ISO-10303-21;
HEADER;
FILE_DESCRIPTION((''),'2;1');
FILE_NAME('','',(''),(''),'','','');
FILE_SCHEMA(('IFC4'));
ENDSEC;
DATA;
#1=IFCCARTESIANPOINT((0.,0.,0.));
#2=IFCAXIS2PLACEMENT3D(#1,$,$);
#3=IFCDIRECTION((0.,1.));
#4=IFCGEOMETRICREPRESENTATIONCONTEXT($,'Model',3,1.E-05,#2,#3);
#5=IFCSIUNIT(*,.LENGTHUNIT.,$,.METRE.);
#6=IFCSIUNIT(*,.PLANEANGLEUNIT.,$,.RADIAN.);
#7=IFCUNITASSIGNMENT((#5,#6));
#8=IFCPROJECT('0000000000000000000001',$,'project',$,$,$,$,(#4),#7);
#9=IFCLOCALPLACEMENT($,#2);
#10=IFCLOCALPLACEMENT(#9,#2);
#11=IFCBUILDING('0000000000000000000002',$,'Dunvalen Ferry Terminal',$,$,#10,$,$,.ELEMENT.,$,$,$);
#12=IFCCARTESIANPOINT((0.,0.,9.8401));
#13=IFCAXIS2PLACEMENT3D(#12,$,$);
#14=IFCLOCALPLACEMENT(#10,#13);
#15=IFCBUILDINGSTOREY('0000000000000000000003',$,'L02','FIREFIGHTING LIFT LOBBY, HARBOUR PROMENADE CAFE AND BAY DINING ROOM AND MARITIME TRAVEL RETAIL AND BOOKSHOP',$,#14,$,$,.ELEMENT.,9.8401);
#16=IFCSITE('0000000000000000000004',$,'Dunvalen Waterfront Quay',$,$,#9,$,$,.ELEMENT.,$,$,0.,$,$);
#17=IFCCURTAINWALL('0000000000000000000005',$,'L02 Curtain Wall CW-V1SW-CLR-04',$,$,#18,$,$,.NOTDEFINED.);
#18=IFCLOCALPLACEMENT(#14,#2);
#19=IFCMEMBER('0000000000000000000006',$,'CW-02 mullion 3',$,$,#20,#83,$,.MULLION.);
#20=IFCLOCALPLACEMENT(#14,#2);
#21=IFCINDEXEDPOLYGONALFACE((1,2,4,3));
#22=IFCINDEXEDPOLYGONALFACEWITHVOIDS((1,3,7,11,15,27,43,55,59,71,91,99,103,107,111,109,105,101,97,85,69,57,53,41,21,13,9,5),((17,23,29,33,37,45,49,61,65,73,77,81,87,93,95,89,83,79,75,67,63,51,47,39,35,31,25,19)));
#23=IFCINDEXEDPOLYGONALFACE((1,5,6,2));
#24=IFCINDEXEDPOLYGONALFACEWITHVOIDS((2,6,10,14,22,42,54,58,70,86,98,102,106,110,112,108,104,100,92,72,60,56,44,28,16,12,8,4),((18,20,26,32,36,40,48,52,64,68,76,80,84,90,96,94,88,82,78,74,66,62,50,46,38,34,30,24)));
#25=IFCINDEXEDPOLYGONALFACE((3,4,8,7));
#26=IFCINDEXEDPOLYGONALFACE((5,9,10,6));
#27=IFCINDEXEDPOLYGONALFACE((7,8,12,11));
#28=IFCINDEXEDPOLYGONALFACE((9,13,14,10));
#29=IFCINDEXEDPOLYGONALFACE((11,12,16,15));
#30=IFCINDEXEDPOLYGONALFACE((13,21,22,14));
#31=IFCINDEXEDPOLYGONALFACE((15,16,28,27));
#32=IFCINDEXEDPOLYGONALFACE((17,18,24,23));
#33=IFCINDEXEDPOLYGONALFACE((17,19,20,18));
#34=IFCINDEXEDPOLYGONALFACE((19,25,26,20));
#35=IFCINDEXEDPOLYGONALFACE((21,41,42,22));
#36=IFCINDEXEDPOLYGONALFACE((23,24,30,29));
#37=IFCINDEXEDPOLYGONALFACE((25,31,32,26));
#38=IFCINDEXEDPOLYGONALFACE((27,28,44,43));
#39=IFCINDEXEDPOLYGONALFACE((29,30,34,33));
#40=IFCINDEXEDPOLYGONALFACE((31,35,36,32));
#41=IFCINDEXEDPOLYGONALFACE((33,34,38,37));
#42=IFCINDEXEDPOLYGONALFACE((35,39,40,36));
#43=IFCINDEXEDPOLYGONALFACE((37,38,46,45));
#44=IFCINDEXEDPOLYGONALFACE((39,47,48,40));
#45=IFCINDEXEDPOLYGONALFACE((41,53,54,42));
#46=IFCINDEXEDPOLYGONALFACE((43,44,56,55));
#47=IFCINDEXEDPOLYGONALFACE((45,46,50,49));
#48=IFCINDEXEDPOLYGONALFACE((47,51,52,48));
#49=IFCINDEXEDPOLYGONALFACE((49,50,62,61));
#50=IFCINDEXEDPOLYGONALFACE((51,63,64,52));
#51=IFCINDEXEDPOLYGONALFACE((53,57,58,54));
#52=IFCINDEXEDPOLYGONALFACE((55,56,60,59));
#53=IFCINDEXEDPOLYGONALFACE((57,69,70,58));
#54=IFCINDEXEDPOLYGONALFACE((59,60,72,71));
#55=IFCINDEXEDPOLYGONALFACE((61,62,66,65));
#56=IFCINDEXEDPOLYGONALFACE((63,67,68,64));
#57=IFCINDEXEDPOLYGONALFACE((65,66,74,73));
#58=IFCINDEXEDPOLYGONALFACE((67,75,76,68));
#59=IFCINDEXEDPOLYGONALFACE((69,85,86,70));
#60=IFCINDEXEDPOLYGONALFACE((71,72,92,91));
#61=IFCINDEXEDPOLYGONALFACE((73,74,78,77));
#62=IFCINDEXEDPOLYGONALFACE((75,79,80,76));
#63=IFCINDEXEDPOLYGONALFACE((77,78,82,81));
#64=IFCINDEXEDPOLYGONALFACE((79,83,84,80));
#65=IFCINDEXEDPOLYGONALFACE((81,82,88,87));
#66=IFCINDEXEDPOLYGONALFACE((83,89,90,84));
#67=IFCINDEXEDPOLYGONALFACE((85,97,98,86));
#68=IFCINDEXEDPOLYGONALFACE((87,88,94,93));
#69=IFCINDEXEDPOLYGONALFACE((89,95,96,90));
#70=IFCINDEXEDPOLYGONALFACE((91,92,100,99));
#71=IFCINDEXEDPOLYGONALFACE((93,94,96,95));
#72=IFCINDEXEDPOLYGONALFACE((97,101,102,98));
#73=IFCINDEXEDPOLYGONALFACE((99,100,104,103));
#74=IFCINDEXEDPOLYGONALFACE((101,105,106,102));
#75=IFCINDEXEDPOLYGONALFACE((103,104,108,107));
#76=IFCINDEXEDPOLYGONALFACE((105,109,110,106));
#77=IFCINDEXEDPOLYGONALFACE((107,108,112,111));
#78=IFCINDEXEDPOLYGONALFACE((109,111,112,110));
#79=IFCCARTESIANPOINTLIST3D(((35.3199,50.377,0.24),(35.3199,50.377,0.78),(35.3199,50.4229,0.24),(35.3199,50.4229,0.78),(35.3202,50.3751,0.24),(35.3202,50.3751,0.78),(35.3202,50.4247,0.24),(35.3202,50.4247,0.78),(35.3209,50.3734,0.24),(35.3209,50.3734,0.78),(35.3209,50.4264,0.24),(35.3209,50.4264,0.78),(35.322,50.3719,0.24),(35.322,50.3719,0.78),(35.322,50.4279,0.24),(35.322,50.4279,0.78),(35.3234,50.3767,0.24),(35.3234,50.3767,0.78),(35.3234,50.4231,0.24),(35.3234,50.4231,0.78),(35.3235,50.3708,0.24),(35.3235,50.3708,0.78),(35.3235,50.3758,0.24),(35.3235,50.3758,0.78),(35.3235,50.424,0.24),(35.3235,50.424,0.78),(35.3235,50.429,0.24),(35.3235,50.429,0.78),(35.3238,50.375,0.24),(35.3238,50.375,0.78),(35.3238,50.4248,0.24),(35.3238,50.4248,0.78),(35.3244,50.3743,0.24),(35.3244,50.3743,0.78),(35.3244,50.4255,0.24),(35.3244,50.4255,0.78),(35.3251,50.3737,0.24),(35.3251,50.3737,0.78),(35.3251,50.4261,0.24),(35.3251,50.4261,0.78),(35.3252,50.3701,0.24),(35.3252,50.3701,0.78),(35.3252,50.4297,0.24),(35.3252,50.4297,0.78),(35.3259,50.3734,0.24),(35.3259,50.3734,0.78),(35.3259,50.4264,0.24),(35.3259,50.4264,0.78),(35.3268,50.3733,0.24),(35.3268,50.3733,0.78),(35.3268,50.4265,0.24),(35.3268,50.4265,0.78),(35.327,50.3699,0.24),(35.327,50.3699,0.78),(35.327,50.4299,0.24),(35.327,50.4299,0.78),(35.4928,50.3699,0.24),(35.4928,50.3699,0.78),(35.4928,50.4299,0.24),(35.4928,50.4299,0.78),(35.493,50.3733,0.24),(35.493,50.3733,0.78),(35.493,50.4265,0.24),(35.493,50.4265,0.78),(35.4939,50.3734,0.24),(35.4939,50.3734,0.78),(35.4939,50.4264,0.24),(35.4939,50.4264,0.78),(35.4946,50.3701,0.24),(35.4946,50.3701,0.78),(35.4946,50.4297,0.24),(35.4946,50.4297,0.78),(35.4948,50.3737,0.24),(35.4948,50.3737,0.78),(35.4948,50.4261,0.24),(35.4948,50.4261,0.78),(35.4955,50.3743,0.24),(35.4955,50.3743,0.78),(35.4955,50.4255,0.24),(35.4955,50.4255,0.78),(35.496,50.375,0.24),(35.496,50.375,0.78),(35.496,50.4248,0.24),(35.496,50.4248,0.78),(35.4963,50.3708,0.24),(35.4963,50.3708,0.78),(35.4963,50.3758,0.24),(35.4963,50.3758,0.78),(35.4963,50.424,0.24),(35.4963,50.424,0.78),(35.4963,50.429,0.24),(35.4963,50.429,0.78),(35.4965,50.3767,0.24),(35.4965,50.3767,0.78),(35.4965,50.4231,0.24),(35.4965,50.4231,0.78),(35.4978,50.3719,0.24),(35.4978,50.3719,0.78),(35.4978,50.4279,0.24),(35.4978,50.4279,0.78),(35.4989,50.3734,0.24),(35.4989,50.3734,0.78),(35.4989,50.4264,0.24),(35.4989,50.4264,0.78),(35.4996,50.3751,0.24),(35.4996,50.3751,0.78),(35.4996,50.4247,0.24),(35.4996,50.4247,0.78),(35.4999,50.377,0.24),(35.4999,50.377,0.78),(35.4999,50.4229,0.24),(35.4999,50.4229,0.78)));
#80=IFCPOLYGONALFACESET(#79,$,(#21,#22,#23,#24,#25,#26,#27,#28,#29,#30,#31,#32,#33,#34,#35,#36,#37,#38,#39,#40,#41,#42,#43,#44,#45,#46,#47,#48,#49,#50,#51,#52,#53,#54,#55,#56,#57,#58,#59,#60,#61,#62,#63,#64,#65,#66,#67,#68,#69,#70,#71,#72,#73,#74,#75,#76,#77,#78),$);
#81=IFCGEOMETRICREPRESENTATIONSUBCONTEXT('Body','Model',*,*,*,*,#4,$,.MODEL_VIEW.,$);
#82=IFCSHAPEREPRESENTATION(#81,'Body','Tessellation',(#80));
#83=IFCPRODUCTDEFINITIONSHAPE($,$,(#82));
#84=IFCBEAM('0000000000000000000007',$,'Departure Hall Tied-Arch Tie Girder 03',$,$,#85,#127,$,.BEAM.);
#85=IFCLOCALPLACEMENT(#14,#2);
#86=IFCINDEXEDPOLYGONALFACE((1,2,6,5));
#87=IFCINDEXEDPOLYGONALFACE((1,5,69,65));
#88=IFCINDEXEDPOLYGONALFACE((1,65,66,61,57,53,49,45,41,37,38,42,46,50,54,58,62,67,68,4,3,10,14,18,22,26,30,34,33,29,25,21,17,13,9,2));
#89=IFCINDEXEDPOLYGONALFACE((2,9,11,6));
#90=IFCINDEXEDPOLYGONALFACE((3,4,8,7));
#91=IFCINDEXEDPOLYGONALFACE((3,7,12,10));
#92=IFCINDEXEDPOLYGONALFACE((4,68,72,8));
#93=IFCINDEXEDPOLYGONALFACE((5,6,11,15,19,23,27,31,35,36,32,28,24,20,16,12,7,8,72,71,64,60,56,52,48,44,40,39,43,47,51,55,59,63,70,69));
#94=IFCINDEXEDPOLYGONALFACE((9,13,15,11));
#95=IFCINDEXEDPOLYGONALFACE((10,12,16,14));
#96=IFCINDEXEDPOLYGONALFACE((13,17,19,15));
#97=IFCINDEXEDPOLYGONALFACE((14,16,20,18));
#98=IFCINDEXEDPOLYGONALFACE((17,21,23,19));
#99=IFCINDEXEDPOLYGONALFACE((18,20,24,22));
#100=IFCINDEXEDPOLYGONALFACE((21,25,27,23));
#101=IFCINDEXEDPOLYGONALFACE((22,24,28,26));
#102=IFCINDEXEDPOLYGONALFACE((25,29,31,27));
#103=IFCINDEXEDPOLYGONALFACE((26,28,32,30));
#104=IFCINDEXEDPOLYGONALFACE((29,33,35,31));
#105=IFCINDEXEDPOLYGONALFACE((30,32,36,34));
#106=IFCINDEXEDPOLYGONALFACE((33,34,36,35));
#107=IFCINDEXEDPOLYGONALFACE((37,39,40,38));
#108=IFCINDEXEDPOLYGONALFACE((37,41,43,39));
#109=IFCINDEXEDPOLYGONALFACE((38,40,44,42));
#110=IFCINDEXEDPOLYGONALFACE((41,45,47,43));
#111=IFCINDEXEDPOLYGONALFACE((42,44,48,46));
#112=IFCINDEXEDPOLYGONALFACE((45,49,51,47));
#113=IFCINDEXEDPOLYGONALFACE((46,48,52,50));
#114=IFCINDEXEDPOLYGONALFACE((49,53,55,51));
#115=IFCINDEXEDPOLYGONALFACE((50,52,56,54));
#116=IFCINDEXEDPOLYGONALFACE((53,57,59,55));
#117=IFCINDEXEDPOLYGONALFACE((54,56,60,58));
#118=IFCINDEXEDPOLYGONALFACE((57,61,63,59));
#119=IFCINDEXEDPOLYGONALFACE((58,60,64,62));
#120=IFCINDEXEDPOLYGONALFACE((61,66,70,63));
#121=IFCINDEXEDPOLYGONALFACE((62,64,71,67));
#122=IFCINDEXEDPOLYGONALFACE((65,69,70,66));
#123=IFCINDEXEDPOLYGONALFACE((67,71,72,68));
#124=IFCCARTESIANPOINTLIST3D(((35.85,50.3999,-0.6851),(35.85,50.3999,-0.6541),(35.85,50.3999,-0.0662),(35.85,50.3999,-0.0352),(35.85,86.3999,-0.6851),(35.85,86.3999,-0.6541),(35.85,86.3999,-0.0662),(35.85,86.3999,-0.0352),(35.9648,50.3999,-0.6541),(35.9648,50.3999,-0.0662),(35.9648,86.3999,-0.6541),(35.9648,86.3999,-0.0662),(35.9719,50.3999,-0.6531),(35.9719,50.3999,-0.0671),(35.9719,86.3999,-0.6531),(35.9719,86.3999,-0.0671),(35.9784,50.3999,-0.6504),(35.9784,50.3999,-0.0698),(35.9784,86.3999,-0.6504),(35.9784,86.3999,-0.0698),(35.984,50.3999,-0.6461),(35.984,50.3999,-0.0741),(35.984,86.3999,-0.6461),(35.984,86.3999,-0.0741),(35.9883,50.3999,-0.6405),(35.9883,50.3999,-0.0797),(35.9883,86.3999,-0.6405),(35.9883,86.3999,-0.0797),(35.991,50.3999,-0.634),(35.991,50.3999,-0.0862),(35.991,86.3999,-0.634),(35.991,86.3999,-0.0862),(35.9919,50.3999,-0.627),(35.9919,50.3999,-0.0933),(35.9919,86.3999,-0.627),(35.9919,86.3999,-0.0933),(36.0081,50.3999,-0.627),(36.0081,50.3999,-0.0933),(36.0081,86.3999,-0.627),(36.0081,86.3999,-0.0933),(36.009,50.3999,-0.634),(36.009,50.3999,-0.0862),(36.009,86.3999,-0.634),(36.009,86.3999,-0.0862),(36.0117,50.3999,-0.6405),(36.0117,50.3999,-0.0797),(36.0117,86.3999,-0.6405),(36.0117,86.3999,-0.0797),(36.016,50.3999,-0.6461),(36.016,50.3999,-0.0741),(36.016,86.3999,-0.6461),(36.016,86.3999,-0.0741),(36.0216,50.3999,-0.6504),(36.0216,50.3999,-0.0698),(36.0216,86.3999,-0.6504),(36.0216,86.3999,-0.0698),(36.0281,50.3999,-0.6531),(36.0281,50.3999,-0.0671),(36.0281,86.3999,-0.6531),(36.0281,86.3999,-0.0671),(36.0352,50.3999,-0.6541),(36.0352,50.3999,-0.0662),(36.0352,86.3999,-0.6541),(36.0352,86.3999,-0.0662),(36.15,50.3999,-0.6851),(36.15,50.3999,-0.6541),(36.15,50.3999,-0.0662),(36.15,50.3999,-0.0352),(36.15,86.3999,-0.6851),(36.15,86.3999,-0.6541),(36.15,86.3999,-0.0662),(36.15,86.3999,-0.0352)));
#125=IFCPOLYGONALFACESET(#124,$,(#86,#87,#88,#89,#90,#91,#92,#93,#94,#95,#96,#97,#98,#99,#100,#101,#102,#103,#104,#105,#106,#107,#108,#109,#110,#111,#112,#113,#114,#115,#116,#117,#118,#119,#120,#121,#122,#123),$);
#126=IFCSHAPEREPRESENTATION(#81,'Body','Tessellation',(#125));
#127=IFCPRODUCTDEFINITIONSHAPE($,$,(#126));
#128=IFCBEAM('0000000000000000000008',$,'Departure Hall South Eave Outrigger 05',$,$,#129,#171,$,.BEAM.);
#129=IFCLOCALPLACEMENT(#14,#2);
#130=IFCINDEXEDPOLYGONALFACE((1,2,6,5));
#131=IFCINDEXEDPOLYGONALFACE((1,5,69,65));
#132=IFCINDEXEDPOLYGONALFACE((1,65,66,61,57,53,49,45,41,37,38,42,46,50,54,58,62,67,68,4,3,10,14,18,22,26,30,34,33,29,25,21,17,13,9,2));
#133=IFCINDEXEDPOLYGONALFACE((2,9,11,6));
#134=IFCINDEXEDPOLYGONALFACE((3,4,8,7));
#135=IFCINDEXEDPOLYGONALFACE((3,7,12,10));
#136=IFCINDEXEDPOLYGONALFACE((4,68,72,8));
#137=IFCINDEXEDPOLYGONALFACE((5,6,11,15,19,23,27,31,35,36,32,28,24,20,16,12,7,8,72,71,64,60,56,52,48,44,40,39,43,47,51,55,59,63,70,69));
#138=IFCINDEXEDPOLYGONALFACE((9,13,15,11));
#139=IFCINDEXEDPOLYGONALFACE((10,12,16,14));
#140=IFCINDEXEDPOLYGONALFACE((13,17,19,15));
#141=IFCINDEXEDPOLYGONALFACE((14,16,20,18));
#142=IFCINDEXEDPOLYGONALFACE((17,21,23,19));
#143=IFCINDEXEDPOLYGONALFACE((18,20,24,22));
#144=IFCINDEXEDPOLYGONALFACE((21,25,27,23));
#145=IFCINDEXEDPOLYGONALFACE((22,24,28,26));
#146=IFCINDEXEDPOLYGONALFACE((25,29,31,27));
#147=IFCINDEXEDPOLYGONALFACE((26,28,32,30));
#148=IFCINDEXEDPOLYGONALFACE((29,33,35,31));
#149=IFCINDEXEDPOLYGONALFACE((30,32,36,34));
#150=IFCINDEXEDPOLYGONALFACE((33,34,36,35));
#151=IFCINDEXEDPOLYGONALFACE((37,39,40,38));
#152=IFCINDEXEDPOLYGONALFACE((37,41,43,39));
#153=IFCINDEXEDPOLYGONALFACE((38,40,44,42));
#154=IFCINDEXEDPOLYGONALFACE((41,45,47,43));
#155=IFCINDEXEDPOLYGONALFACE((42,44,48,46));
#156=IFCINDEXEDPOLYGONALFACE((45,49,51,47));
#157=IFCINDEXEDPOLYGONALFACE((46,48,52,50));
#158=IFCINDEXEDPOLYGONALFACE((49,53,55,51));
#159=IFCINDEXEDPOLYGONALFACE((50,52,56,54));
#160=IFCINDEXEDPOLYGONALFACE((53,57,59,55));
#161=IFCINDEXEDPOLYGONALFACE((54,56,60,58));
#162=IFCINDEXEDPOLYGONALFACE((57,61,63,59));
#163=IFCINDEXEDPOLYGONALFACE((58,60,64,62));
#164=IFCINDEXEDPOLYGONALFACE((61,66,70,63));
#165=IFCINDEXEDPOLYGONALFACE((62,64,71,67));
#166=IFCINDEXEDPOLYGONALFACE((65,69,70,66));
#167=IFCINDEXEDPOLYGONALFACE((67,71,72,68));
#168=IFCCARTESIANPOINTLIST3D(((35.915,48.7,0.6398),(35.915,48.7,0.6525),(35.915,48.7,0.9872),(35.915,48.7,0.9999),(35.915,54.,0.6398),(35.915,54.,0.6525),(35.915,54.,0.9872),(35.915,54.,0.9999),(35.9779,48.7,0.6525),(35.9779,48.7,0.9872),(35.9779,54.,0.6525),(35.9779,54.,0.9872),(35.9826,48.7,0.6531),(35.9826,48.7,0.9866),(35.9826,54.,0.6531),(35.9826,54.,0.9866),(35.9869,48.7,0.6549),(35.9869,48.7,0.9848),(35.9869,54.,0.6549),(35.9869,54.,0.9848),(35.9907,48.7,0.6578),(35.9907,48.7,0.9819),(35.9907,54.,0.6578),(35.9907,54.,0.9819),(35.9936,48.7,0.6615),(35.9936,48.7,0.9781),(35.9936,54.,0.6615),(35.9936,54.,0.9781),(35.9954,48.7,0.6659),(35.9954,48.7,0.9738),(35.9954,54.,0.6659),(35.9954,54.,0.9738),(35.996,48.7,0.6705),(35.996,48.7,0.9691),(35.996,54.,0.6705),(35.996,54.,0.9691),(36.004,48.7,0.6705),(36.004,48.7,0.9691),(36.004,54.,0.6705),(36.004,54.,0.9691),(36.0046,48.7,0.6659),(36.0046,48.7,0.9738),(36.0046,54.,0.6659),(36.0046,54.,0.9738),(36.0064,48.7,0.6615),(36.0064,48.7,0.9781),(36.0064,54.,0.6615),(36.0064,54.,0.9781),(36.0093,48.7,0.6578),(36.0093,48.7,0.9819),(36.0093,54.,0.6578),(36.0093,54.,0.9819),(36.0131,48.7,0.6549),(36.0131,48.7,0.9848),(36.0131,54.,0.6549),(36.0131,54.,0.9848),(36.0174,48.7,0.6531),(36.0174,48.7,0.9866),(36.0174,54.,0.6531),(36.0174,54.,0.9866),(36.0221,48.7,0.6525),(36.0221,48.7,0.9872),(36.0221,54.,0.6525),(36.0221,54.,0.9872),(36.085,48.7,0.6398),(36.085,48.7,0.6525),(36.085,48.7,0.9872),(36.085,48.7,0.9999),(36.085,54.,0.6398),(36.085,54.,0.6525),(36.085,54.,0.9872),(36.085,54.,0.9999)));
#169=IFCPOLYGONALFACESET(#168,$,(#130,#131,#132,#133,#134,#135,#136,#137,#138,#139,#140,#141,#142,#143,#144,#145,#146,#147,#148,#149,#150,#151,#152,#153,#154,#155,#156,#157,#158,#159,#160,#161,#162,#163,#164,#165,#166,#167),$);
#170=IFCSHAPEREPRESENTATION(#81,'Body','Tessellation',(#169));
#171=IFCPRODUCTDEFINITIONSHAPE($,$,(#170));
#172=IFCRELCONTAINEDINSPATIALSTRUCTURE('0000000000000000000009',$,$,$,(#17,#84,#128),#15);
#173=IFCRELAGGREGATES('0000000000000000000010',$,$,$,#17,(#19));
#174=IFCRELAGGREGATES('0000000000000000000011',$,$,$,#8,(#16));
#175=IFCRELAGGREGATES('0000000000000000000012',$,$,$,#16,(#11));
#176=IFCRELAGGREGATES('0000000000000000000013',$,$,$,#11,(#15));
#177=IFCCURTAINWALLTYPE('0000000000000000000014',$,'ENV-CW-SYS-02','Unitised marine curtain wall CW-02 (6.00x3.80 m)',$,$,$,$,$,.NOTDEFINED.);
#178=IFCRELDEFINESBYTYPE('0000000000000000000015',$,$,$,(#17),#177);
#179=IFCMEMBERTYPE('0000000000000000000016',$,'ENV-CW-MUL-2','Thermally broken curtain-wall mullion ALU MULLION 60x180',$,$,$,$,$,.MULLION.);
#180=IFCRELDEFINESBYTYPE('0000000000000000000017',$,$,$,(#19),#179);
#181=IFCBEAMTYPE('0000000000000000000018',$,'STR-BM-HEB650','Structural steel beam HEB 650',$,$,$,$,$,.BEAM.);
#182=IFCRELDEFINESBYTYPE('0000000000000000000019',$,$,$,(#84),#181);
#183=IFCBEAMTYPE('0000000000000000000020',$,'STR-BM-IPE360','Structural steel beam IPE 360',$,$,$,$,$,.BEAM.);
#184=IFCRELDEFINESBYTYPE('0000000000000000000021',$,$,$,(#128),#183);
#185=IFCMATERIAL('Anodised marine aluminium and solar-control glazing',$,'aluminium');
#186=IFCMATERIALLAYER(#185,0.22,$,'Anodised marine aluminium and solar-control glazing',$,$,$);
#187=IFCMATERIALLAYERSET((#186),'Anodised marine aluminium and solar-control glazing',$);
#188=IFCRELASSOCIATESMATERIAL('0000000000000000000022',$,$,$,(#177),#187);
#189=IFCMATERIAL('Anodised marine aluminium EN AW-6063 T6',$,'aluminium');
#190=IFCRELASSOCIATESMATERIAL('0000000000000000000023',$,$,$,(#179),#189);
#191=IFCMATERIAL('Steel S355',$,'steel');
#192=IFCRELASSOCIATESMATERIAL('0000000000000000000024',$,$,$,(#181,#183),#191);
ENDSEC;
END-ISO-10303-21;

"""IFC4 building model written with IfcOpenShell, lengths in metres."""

from ifc_helpers import new_model, si_unit, direction, frame, origin, origin_2d, place, context, subcontext, project, spatial, hollow_rectangle, i_section, extrude, material, layer, layer_set, material_profile, profile_set, type_object, element, aggregate, save


model = new_model("IFC4")

# Units and contexts
model_context = context("Model", 3, precision=1e-05, world=origin(), true_north=direction((0.0, 1.0)))
body_context = subcontext(model_context, "Body", "Model", "MODEL_VIEW")
ifc_project = project(units=[si_unit("LENGTHUNIT", "METRE"), si_unit("PLANEANGLEUNIT", "RADIAN")], contexts=[model_context])

# Site, building, storey
site_placement = place(None, origin())
site = spatial("IfcSite", under=ifc_project, at=site_placement, Name="Dunvalen Waterfront Quay", CompositionType="ELEMENT", RefElevation=0.0)
building_placement = place(site_placement, origin())
building = spatial("IfcBuilding", under=site, at=building_placement, Name="Dunvalen Ferry Terminal", CompositionType="ELEMENT")
storey_placement = place(building_placement, frame((0.0, 0.0, 9.8401)))
storey = spatial("IfcBuildingStorey", under=building, at=storey_placement, Name="L02", Description="FIREFIGHTING LIFT LOBBY, HARBOUR PROMENADE CAFE AND BAY DINING ROOM AND MARITIME TRAVEL RETAIL AND BOOKSHOP", CompositionType="ELEMENT", Elevation=9.8401)

# Curtain wall, member
ifc_material_1 = material(Name="Anodised marine aluminium and solar-control glazing", Category="aluminium")
ifc_layer_1 = layer(ifc_material_1, 0.22, Name="Anodised marine aluminium and solar-control glazing")
ifc_layer_set_1 = layer_set([ifc_layer_1], Name="Anodised marine aluminium and solar-control glazing")
curtain_wall_type = type_object("IfcCurtainWallType", Name="ENV-CW-SYS-02", Description="Unitised marine curtain wall CW-02 (6.00x3.80 m)", PredefinedType="NOTDEFINED", material=ifc_layer_set_1)
curtain_wall_placement = place(storey_placement, origin())
curtain_wall = element("IfcCurtainWall", 1, at=curtain_wall_placement, inside=storey, type_object=curtain_wall_type, Name="L02 Curtain Wall CW-V1SW-CLR-04", PredefinedType="NOTDEFINED")
ifc_material_2 = material(Name="Anodised marine aluminium EN AW-6063 T6", Category="aluminium")
ifc_material_profile_1 = material_profile(ifc_material_2, hollow_rectangle(XDim=0.0601, YDim=0.1799, WallThickness=0.0034, InnerFilletRadius=0.0034, OuterFilletRadius=0.0071, at=origin_2d()), Name="Anodised marine aluminium EN AW-6063 T6")
ifc_profile_set_1 = profile_set([ifc_material_profile_1], Name="Anodised marine aluminium EN AW-6063 T6")
member_type_1 = type_object("IfcMemberType", Name="ENV-CW-MUL-2", Description="Thermally broken curtain-wall mullion ALU MULLION 60x180", PredefinedType="MULLION", material=ifc_profile_set_1)
member_1_placement = place(storey_placement, frame((35.4099, 50.3999, 0.24), z_axis=(0.0, 0.0, 1.0), x_axis=(0.0, 1.0, 0.0)))
member_1 = element("IfcMember", 2, at=member_1_placement, type_object=member_type_1, Name="CW-02 mullion 3", PredefinedType="MULLION", context=body_context, shape_type="SweptSolid", body=[
    extrude(hollow_rectangle(XDim=0.0601, YDim=0.1799, WallThickness=0.0034, InnerFilletRadius=0.0034, OuterFilletRadius=0.0071, at=origin_2d()), origin(), (0.0, 0.0, 1.0), 0.54),
])

# Beams
ifc_material_3 = material(Name="Steel S355", Category="steel")
ifc_material_profile_2 = material_profile(ifc_material_3, i_section(OverallWidth=0.3, OverallDepth=0.6499, WebThickness=0.0161, FlangeThickness=0.031, FilletRadius=0.0271, at=origin_2d()), Name="Steel S355")
ifc_profile_set_2 = profile_set([ifc_material_profile_2], Name="Steel S355")
beam_type_1 = type_object("IfcBeamType", Name="STR-BM-HEB650", Description="Structural steel beam HEB 650", PredefinedType="BEAM", material=ifc_profile_set_2)
beam_1_placement = place(storey_placement, frame((36.0, 50.3999, -0.3601), z_axis=(0.0, 1.0, 0.0), x_axis=(-1.0, 0.0, 0.0)))
element("IfcBeam", 3, at=beam_1_placement, inside=storey, type_object=beam_type_1, Name="Departure Hall Tied-Arch Tie Girder 03", PredefinedType="BEAM", context=body_context, shape_type="SweptSolid", body=[
    extrude(i_section(OverallWidth=0.3, OverallDepth=0.6499, WebThickness=0.0161, FlangeThickness=0.031, FilletRadius=0.0271, at=origin_2d()), origin(), (0.0, 0.0, 1.0), 36.0),
])
ifc_material_profile_3 = material_profile(ifc_material_3, i_section(OverallWidth=0.1699, OverallDepth=0.3601, WebThickness=0.0081, FlangeThickness=0.0127, FilletRadius=0.0181, at=origin_2d()), Name="Steel S355")
ifc_profile_set_3 = profile_set([ifc_material_profile_3], Name="Steel S355")
beam_type_2 = type_object("IfcBeamType", Name="STR-BM-IPE360", Description="Structural steel beam IPE 360", PredefinedType="BEAM", material=ifc_profile_set_3)
beam_2_placement = place(storey_placement, frame((36.0, 54.0, 0.8198), z_axis=(0.0, -1.0, 0.0), x_axis=(1.0, 0.0, 0.0)))
element("IfcBeam", 4, at=beam_2_placement, inside=storey, type_object=beam_type_2, Name="Departure Hall South Eave Outrigger 05", PredefinedType="BEAM", context=body_context, shape_type="SweptSolid", body=[
    extrude(i_section(OverallWidth=0.1699, OverallDepth=0.3601, WebThickness=0.0081, FlangeThickness=0.0127, FilletRadius=0.0181, at=origin_2d()), origin(), (0.0, 0.0, 1.0), 5.3),
])

aggregate(curtain_wall, [member_1])

save(model, "model.ifc")
